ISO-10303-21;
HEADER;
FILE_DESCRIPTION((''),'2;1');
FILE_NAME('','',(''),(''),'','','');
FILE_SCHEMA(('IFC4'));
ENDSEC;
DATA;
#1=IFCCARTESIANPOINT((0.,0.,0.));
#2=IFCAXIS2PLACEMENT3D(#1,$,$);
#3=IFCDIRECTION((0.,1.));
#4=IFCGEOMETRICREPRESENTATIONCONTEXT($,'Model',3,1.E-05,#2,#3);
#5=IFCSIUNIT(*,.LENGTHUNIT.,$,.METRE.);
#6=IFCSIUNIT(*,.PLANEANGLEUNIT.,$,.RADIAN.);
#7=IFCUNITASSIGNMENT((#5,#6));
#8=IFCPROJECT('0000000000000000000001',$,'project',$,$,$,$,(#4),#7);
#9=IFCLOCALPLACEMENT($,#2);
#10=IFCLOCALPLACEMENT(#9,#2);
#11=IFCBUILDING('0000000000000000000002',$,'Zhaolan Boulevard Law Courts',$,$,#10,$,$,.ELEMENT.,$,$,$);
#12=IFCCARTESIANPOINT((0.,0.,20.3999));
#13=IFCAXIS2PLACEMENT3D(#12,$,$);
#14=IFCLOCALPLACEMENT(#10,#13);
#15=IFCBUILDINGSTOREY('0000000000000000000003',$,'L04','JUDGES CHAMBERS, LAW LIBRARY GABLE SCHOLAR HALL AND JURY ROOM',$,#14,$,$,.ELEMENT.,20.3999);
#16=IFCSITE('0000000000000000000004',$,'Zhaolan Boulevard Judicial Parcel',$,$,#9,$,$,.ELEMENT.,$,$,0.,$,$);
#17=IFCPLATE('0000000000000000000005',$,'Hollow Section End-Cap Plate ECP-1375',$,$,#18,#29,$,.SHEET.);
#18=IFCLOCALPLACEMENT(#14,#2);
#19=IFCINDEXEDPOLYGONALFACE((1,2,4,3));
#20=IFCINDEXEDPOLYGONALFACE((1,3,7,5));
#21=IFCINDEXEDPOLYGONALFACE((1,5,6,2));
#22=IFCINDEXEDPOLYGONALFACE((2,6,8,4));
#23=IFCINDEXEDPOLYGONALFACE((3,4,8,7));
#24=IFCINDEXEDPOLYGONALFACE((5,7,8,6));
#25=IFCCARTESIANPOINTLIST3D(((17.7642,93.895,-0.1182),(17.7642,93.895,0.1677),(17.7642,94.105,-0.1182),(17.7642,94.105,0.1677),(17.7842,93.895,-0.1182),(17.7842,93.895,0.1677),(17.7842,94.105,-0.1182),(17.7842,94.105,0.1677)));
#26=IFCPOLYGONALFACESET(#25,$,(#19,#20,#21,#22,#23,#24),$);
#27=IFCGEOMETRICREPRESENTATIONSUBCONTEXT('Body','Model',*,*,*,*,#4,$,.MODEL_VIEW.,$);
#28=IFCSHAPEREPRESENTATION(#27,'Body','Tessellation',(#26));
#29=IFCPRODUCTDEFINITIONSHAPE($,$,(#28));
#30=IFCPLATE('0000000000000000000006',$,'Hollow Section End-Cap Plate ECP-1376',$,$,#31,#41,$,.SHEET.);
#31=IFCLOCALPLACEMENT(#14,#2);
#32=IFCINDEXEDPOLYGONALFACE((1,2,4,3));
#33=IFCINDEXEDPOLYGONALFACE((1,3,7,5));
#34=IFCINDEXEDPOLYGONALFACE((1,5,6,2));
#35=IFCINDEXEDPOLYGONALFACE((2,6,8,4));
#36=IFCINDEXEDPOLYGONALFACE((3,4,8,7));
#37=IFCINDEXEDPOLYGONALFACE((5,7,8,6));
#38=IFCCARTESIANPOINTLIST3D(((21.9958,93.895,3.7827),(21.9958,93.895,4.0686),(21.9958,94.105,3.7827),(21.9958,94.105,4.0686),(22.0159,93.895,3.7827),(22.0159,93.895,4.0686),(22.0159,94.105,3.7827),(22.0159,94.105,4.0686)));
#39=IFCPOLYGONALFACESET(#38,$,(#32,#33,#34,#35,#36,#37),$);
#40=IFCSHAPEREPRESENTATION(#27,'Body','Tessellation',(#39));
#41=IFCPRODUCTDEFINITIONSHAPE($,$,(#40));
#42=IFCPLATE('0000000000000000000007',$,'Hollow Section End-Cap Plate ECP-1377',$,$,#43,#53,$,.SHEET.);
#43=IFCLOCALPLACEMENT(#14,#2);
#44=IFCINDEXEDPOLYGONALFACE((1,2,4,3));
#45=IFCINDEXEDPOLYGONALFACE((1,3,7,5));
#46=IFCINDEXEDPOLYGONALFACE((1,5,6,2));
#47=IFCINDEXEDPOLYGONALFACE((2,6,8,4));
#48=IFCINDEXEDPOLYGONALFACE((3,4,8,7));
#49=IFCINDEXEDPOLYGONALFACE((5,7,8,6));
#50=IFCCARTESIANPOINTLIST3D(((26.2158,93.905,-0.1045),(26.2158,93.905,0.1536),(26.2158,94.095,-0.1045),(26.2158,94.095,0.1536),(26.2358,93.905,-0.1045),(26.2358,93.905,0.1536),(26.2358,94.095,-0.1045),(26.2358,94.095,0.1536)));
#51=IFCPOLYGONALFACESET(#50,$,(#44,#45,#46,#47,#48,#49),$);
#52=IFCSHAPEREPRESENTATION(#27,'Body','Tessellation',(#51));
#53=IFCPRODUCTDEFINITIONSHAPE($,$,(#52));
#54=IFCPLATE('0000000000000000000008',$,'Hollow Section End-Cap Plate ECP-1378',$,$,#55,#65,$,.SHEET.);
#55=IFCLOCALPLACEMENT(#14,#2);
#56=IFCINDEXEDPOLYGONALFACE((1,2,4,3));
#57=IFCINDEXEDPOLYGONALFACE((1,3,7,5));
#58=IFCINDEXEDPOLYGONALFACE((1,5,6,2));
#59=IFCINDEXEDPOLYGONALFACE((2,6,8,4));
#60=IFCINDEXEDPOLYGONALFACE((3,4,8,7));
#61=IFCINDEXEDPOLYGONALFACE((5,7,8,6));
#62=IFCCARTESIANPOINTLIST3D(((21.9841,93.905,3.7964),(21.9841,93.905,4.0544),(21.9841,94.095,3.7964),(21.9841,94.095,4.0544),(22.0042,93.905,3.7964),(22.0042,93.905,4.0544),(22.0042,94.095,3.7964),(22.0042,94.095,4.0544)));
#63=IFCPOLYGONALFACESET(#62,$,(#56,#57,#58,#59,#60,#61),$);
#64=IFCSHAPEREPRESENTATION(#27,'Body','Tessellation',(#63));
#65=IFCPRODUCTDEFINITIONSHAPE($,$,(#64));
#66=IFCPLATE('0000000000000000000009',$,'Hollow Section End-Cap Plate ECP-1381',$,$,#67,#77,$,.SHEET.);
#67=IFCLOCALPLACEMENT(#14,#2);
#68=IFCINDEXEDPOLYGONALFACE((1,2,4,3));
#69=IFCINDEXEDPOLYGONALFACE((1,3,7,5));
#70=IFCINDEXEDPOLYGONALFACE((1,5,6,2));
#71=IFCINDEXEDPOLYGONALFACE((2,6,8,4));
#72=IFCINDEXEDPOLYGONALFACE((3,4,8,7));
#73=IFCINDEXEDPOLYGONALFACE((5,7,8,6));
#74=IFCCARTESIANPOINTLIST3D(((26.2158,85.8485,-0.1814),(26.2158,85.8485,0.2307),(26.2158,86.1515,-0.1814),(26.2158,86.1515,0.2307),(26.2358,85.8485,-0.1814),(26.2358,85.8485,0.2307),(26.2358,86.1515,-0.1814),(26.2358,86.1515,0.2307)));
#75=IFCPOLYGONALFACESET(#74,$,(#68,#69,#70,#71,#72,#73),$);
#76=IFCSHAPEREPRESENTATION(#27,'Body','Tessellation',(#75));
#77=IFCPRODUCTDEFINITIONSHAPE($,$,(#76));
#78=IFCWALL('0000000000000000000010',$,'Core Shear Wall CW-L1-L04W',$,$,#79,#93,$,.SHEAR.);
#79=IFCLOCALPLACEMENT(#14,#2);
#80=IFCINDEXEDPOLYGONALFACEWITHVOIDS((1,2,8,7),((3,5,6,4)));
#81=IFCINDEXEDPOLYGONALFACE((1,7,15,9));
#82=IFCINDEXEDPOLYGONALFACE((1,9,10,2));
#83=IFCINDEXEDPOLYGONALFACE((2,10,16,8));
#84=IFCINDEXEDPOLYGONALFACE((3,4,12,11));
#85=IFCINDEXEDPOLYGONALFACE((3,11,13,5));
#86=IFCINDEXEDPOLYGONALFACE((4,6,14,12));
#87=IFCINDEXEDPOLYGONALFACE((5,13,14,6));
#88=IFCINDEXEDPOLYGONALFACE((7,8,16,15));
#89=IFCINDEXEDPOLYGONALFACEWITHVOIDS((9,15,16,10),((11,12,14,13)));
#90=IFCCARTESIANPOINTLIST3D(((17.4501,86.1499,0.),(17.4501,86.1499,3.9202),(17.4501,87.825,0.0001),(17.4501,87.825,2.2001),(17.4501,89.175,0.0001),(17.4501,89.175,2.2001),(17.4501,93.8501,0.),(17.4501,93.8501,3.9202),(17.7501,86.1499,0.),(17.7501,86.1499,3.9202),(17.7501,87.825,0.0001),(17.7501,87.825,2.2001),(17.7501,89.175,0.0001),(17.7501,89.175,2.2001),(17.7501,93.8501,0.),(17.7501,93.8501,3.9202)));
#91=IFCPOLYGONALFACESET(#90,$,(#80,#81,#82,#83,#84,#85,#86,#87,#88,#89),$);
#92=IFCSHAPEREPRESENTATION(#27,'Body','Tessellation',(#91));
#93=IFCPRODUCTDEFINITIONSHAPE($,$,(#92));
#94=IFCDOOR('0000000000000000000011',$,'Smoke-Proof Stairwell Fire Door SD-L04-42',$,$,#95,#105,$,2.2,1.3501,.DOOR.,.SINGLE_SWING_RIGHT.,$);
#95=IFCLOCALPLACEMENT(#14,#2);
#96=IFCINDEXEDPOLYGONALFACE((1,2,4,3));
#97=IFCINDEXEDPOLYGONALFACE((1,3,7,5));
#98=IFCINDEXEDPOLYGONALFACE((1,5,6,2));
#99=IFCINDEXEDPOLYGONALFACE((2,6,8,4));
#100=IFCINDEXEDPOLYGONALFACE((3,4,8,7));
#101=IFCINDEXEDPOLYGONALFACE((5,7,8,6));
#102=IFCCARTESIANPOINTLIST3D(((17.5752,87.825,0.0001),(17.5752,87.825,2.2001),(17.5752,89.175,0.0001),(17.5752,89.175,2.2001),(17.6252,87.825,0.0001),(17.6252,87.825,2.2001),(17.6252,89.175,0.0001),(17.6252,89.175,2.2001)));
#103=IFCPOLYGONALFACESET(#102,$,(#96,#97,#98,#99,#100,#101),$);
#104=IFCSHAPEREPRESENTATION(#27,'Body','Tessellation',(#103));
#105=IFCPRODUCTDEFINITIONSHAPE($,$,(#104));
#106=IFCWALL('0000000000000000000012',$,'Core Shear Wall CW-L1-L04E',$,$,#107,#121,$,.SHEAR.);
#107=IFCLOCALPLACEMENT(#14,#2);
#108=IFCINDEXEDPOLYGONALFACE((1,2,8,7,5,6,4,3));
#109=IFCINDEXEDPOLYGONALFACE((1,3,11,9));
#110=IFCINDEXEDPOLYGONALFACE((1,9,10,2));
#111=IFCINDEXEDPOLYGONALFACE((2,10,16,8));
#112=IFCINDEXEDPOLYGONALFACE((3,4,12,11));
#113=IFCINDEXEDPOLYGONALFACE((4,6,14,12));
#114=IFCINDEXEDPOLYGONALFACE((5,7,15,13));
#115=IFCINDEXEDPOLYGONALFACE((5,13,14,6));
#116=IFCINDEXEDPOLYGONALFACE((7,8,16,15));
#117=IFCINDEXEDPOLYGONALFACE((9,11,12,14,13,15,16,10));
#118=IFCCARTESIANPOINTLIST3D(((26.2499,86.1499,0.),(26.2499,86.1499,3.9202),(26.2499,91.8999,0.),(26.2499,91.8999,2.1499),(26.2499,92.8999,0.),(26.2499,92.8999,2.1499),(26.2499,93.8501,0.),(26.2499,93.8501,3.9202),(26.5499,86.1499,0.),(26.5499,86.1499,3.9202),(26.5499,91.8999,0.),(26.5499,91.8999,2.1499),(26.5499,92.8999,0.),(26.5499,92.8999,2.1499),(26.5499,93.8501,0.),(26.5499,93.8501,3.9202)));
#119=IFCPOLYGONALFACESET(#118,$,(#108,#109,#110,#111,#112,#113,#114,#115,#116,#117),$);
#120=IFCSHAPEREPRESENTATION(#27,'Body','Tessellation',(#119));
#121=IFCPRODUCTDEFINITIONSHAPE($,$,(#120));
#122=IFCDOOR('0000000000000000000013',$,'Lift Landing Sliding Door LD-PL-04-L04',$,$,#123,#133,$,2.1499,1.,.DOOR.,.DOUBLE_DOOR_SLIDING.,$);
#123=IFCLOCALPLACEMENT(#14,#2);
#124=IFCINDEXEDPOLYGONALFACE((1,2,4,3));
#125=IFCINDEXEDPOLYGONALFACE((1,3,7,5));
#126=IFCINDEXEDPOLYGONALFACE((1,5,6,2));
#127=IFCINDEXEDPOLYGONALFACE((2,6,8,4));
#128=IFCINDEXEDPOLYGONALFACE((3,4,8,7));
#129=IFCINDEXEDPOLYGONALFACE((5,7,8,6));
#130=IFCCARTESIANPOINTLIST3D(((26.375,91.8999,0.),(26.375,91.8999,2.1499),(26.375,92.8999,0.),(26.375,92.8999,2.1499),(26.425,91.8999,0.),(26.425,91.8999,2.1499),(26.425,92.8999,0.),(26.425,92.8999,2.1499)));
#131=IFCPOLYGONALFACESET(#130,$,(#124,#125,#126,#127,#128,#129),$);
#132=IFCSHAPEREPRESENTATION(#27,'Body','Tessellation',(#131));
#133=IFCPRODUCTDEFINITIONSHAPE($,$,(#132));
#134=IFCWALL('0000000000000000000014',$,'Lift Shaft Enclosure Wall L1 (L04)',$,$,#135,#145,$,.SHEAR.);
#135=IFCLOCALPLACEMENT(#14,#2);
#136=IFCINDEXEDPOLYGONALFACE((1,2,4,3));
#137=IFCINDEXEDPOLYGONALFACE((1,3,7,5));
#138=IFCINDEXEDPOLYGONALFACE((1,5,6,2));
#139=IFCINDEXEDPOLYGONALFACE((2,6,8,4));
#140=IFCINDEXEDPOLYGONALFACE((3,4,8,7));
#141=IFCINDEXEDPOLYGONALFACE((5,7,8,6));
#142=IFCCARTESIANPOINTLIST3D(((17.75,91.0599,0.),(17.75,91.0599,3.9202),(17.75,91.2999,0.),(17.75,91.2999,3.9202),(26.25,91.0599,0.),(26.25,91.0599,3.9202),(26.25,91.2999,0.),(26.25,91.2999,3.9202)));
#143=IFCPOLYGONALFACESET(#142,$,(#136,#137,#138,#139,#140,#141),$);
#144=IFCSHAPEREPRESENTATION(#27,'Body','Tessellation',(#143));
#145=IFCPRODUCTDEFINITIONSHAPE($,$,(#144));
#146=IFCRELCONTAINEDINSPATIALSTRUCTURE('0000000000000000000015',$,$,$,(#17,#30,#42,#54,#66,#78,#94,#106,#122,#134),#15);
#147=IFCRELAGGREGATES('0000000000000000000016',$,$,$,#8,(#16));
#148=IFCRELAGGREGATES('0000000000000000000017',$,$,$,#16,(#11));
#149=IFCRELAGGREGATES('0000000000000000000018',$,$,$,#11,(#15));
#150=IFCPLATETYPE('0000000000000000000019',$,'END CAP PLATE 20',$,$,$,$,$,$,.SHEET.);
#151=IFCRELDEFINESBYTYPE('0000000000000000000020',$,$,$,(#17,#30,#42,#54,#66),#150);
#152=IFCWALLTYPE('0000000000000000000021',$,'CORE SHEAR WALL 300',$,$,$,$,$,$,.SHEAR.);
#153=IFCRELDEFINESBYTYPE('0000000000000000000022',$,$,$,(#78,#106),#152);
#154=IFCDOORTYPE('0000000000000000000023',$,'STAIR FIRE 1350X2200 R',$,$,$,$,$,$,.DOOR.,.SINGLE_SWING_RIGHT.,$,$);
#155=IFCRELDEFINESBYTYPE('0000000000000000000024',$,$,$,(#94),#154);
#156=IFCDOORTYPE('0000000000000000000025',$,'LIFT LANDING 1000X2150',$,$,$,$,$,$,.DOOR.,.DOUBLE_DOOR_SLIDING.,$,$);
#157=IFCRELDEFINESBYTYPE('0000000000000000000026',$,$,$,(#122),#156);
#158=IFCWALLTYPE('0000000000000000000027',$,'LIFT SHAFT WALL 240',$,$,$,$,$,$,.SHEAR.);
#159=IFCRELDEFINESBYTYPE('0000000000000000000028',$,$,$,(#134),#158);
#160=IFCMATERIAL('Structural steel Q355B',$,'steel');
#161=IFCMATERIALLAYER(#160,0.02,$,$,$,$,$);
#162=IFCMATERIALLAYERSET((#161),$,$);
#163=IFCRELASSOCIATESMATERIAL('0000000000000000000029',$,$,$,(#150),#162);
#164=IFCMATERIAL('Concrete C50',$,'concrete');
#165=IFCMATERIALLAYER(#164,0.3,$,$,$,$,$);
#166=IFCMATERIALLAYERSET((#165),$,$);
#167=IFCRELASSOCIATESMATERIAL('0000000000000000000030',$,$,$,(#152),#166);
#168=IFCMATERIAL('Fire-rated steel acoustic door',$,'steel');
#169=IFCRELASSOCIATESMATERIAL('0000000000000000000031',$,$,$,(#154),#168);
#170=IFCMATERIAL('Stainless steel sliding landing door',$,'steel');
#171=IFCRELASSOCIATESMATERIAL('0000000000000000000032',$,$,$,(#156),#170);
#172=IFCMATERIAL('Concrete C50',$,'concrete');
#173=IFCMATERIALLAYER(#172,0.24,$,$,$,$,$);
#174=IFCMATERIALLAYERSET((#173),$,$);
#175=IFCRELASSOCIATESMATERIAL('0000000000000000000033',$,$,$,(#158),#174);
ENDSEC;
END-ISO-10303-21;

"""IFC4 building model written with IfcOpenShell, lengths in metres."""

from ifc_helpers import new_model, si_unit, direction, frame, frame_2d, origin, origin_2d, place, context, subcontext, project, spatial, rectangle, extrude, material, layer, layer_set, type_object, element, fill, save


model = new_model("IFC4")

# Units and contexts
model_context = context("Model", 3, precision=1e-05, world=origin(), true_north=direction((0.0, 1.0)))
body_context = subcontext(model_context, "Body", "Model", "MODEL_VIEW")
ifc_project = project(units=[si_unit("LENGTHUNIT", "METRE"), si_unit("PLANEANGLEUNIT", "RADIAN")], contexts=[model_context])

# Site, building, storey
site_placement = place(None, origin())
site = spatial("IfcSite", under=ifc_project, at=site_placement, Name="Zhaolan Boulevard Judicial Parcel", CompositionType="ELEMENT", RefElevation=0.0)
building_placement = place(site_placement, origin())
building = spatial("IfcBuilding", under=site, at=building_placement, Name="Zhaolan Boulevard Law Courts", CompositionType="ELEMENT")
storey_placement = place(building_placement, frame((0.0, 0.0, 20.3999)))
storey = spatial("IfcBuildingStorey", under=building, at=storey_placement, Name="L04", Description="JUDGES CHAMBERS, LAW LIBRARY GABLE SCHOLAR HALL AND JURY ROOM", CompositionType="ELEMENT", Elevation=20.3999)

# Plates
ifc_material_1 = material(Name="Structural steel Q355B", Category="steel")
ifc_layer_1 = layer(ifc_material_1, 0.02)
ifc_layer_set_1 = layer_set([ifc_layer_1])
plate_type_1 = type_object("IfcPlateType", Name="END CAP PLATE 20", PredefinedType="SHEET", material=ifc_layer_set_1)
for number, where, z_axis, x_axis, name in (
    (1, (17.7742, 94.0, -0.1182), (0.0, 0.0, 1.0), (1.0, 0.0, 0.0), "Hollow Section End-Cap Plate ECP-1375"),
    (2, (22.0059, 94.0, 3.7827), (0.0, 0.0, 1.0), (1.0, 0.0, 0.0), "Hollow Section End-Cap Plate ECP-1376"),
):
    element("IfcPlate", number, at=place(storey_placement, frame(where, z_axis=z_axis, x_axis=x_axis)), inside=storey, type_object=plate_type_1, Name=name, PredefinedType="SHEET", context=body_context, shape_type="SweptSolid", body=[
        extrude(rectangle(XDim=0.02, YDim=0.21, at=origin_2d()), origin(), (0.0, 0.0, 1.0), 0.2859),
    ])
for number, where, z_axis, x_axis, name in (
    (3, (26.2258, 94.0, -0.1045), (0.0, 0.0, 1.0), (-1.0, 0.0, 0.0), "Hollow Section End-Cap Plate ECP-1377"),
    (4, (21.9941, 94.0, 3.7964), (0.0, 0.0, 1.0), (-1.0, 0.0, 0.0), "Hollow Section End-Cap Plate ECP-1378"),
):
    element("IfcPlate", number, at=place(storey_placement, frame(where, z_axis=z_axis, x_axis=x_axis)), inside=storey, type_object=plate_type_1, Name=name, PredefinedType="SHEET", context=body_context, shape_type="SweptSolid", body=[
        extrude(rectangle(XDim=0.02, YDim=0.1899, at=origin_2d()), origin(), (0.0, 0.0, 1.0), 0.2581),
    ])
plate_placement = place(storey_placement, frame((26.2258, 86.0, -0.1814), z_axis=(0.0, 0.0, 1.0), x_axis=(-1.0, 0.0, 0.0)))
element("IfcPlate", 5, at=plate_placement, inside=storey, type_object=plate_type_1, Name="Hollow Section End-Cap Plate ECP-1381", PredefinedType="SHEET", context=body_context, shape_type="SweptSolid", body=[
    extrude(rectangle(XDim=0.02, YDim=0.303, at=origin_2d()), origin(), (0.0, 0.0, 1.0), 0.4121),
])

# Walls, openings, doors
ifc_material_2 = material(Name="Concrete C50", Category="concrete")
ifc_layer_2 = layer(ifc_material_2, 0.3)
ifc_layer_set_2 = layer_set([ifc_layer_2])
wall_type_1 = type_object("IfcWallType", Name="CORE SHEAR WALL 300", PredefinedType="SHEAR", material=ifc_layer_set_2)
wall_1_placement = place(storey_placement, frame((17.6001, 86.1499, 0.0), z_axis=(0.0, 0.0, 1.0), x_axis=(0.0, 1.0, 0.0)))
wall_1 = element("IfcWall", 6, at=wall_1_placement, inside=storey, type_object=wall_type_1, Name="Core Shear Wall CW-L1-L04W", PredefinedType="SHEAR", context=body_context, shape_type="SweptSolid", body=[
    extrude(rectangle(XDim=7.7002, YDim=0.3, at=frame_2d((3.8501, 0.0))), origin(), (0.0, 0.0, 1.0), 3.9202),
])
opening_1_placement = place(wall_1_placement, frame((1.675, 0.0, 0.0)))
opening_1 = element("IfcOpeningElement", 7, at=opening_1_placement, cuts=wall_1, PredefinedType="OPENING", context=body_context, shape_type="SweptSolid", body=[
    extrude(rectangle(XDim=1.3501, YDim=2.2, at=frame_2d((0.675, 1.1001))), frame((0.0, 0.1599, 0.0), z_axis=(0.0, -1.0, 0.0), x_axis=(1.0, 0.0, 0.0)), (0.0, 0.0, 1.0), 0.3201),
])
ifc_material_3 = material(Name="Fire-rated steel acoustic door", Category="steel")
door_type_1 = type_object("IfcDoorType", Name="STAIR FIRE 1350X2200 R", OperationType="SINGLE_SWING_RIGHT", PredefinedType="DOOR", material=ifc_material_3)
door_1_placement = place(opening_1_placement, origin())
door_1 = element("IfcDoor", 8, at=door_1_placement, inside=storey, type_object=door_type_1, Name="Smoke-Proof Stairwell Fire Door SD-L04-42", OperationType="SINGLE_SWING_RIGHT", OverallHeight=2.2, OverallWidth=1.3501, PredefinedType="DOOR", context=body_context, shape_type="SweptSolid", body=[
    extrude(rectangle(XDim=1.3501, YDim=2.2, at=frame_2d((0.675, 1.1001))), frame((0.0, 0.0249, 0.0), z_axis=(0.0, -1.0, 0.0), x_axis=(1.0, 0.0, 0.0)), (0.0, 0.0, 1.0), 0.05),
])
fill(opening_1, door_1)
wall_2_placement = place(storey_placement, frame((26.3999, 86.1499, 0.0), z_axis=(0.0, 0.0, 1.0), x_axis=(0.0, 1.0, 0.0)))
wall_2 = element("IfcWall", 9, at=wall_2_placement, inside=storey, type_object=wall_type_1, Name="Core Shear Wall CW-L1-L04E", PredefinedType="SHEAR", context=body_context, shape_type="SweptSolid", body=[
    extrude(rectangle(XDim=7.7002, YDim=0.3, at=frame_2d((3.8501, 0.0))), origin(), (0.0, 0.0, 1.0), 3.9202),
])
opening_2_placement = place(wall_2_placement, frame((5.75, 0.0, 0.0)))
opening_2 = element("IfcOpeningElement", 10, at=opening_2_placement, cuts=wall_2, PredefinedType="OPENING", context=body_context, shape_type="SweptSolid", body=[
    extrude(rectangle(XDim=1.0, YDim=2.1499, at=frame_2d((0.5, 1.075))), frame((0.0, 0.1599, 0.0), z_axis=(0.0, -1.0, 0.0), x_axis=(1.0, 0.0, 0.0)), (0.0, 0.0, 1.0), 0.3201),
])
ifc_material_4 = material(Name="Stainless steel sliding landing door", Category="steel")
door_type_2 = type_object("IfcDoorType", Name="LIFT LANDING 1000X2150", OperationType="DOUBLE_DOOR_SLIDING", PredefinedType="DOOR", material=ifc_material_4)
door_2_placement = place(opening_2_placement, origin())
door_2 = element("IfcDoor", 11, at=door_2_placement, inside=storey, type_object=door_type_2, Name="Lift Landing Sliding Door LD-PL-04-L04", OperationType="DOUBLE_DOOR_SLIDING", OverallHeight=2.1499, OverallWidth=1.0, PredefinedType="DOOR", context=body_context, shape_type="SweptSolid", body=[
    extrude(rectangle(XDim=1.0, YDim=2.1499, at=frame_2d((0.5, 1.075))), frame((0.0, 0.0249, 0.0), z_axis=(0.0, -1.0, 0.0), x_axis=(1.0, 0.0, 0.0)), (0.0, 0.0, 1.0), 0.05),
])
fill(opening_2, door_2)

# Wall
ifc_material_5 = material(Name="Concrete C50", Category="concrete")
ifc_layer_3 = layer(ifc_material_5, 0.24)
ifc_layer_set_3 = layer_set([ifc_layer_3])
wall_type_2 = type_object("IfcWallType", Name="LIFT SHAFT WALL 240", PredefinedType="SHEAR", material=ifc_layer_set_3)
wall_3_placement = place(storey_placement, frame((17.75, 91.1799, 0.0), z_axis=(0.0, 0.0, 1.0), x_axis=(1.0, 0.0, 0.0)))
element("IfcWall", 12, at=wall_3_placement, inside=storey, type_object=wall_type_2, Name="Lift Shaft Enclosure Wall L1 (L04)", PredefinedType="SHEAR", context=body_context, shape_type="SweptSolid", body=[
    extrude(rectangle(XDim=8.5, YDim=0.24, at=frame_2d((4.25, 0.0))), origin(), (0.0, 0.0, 1.0), 3.9202),
])

save(model, "model.ifc")
